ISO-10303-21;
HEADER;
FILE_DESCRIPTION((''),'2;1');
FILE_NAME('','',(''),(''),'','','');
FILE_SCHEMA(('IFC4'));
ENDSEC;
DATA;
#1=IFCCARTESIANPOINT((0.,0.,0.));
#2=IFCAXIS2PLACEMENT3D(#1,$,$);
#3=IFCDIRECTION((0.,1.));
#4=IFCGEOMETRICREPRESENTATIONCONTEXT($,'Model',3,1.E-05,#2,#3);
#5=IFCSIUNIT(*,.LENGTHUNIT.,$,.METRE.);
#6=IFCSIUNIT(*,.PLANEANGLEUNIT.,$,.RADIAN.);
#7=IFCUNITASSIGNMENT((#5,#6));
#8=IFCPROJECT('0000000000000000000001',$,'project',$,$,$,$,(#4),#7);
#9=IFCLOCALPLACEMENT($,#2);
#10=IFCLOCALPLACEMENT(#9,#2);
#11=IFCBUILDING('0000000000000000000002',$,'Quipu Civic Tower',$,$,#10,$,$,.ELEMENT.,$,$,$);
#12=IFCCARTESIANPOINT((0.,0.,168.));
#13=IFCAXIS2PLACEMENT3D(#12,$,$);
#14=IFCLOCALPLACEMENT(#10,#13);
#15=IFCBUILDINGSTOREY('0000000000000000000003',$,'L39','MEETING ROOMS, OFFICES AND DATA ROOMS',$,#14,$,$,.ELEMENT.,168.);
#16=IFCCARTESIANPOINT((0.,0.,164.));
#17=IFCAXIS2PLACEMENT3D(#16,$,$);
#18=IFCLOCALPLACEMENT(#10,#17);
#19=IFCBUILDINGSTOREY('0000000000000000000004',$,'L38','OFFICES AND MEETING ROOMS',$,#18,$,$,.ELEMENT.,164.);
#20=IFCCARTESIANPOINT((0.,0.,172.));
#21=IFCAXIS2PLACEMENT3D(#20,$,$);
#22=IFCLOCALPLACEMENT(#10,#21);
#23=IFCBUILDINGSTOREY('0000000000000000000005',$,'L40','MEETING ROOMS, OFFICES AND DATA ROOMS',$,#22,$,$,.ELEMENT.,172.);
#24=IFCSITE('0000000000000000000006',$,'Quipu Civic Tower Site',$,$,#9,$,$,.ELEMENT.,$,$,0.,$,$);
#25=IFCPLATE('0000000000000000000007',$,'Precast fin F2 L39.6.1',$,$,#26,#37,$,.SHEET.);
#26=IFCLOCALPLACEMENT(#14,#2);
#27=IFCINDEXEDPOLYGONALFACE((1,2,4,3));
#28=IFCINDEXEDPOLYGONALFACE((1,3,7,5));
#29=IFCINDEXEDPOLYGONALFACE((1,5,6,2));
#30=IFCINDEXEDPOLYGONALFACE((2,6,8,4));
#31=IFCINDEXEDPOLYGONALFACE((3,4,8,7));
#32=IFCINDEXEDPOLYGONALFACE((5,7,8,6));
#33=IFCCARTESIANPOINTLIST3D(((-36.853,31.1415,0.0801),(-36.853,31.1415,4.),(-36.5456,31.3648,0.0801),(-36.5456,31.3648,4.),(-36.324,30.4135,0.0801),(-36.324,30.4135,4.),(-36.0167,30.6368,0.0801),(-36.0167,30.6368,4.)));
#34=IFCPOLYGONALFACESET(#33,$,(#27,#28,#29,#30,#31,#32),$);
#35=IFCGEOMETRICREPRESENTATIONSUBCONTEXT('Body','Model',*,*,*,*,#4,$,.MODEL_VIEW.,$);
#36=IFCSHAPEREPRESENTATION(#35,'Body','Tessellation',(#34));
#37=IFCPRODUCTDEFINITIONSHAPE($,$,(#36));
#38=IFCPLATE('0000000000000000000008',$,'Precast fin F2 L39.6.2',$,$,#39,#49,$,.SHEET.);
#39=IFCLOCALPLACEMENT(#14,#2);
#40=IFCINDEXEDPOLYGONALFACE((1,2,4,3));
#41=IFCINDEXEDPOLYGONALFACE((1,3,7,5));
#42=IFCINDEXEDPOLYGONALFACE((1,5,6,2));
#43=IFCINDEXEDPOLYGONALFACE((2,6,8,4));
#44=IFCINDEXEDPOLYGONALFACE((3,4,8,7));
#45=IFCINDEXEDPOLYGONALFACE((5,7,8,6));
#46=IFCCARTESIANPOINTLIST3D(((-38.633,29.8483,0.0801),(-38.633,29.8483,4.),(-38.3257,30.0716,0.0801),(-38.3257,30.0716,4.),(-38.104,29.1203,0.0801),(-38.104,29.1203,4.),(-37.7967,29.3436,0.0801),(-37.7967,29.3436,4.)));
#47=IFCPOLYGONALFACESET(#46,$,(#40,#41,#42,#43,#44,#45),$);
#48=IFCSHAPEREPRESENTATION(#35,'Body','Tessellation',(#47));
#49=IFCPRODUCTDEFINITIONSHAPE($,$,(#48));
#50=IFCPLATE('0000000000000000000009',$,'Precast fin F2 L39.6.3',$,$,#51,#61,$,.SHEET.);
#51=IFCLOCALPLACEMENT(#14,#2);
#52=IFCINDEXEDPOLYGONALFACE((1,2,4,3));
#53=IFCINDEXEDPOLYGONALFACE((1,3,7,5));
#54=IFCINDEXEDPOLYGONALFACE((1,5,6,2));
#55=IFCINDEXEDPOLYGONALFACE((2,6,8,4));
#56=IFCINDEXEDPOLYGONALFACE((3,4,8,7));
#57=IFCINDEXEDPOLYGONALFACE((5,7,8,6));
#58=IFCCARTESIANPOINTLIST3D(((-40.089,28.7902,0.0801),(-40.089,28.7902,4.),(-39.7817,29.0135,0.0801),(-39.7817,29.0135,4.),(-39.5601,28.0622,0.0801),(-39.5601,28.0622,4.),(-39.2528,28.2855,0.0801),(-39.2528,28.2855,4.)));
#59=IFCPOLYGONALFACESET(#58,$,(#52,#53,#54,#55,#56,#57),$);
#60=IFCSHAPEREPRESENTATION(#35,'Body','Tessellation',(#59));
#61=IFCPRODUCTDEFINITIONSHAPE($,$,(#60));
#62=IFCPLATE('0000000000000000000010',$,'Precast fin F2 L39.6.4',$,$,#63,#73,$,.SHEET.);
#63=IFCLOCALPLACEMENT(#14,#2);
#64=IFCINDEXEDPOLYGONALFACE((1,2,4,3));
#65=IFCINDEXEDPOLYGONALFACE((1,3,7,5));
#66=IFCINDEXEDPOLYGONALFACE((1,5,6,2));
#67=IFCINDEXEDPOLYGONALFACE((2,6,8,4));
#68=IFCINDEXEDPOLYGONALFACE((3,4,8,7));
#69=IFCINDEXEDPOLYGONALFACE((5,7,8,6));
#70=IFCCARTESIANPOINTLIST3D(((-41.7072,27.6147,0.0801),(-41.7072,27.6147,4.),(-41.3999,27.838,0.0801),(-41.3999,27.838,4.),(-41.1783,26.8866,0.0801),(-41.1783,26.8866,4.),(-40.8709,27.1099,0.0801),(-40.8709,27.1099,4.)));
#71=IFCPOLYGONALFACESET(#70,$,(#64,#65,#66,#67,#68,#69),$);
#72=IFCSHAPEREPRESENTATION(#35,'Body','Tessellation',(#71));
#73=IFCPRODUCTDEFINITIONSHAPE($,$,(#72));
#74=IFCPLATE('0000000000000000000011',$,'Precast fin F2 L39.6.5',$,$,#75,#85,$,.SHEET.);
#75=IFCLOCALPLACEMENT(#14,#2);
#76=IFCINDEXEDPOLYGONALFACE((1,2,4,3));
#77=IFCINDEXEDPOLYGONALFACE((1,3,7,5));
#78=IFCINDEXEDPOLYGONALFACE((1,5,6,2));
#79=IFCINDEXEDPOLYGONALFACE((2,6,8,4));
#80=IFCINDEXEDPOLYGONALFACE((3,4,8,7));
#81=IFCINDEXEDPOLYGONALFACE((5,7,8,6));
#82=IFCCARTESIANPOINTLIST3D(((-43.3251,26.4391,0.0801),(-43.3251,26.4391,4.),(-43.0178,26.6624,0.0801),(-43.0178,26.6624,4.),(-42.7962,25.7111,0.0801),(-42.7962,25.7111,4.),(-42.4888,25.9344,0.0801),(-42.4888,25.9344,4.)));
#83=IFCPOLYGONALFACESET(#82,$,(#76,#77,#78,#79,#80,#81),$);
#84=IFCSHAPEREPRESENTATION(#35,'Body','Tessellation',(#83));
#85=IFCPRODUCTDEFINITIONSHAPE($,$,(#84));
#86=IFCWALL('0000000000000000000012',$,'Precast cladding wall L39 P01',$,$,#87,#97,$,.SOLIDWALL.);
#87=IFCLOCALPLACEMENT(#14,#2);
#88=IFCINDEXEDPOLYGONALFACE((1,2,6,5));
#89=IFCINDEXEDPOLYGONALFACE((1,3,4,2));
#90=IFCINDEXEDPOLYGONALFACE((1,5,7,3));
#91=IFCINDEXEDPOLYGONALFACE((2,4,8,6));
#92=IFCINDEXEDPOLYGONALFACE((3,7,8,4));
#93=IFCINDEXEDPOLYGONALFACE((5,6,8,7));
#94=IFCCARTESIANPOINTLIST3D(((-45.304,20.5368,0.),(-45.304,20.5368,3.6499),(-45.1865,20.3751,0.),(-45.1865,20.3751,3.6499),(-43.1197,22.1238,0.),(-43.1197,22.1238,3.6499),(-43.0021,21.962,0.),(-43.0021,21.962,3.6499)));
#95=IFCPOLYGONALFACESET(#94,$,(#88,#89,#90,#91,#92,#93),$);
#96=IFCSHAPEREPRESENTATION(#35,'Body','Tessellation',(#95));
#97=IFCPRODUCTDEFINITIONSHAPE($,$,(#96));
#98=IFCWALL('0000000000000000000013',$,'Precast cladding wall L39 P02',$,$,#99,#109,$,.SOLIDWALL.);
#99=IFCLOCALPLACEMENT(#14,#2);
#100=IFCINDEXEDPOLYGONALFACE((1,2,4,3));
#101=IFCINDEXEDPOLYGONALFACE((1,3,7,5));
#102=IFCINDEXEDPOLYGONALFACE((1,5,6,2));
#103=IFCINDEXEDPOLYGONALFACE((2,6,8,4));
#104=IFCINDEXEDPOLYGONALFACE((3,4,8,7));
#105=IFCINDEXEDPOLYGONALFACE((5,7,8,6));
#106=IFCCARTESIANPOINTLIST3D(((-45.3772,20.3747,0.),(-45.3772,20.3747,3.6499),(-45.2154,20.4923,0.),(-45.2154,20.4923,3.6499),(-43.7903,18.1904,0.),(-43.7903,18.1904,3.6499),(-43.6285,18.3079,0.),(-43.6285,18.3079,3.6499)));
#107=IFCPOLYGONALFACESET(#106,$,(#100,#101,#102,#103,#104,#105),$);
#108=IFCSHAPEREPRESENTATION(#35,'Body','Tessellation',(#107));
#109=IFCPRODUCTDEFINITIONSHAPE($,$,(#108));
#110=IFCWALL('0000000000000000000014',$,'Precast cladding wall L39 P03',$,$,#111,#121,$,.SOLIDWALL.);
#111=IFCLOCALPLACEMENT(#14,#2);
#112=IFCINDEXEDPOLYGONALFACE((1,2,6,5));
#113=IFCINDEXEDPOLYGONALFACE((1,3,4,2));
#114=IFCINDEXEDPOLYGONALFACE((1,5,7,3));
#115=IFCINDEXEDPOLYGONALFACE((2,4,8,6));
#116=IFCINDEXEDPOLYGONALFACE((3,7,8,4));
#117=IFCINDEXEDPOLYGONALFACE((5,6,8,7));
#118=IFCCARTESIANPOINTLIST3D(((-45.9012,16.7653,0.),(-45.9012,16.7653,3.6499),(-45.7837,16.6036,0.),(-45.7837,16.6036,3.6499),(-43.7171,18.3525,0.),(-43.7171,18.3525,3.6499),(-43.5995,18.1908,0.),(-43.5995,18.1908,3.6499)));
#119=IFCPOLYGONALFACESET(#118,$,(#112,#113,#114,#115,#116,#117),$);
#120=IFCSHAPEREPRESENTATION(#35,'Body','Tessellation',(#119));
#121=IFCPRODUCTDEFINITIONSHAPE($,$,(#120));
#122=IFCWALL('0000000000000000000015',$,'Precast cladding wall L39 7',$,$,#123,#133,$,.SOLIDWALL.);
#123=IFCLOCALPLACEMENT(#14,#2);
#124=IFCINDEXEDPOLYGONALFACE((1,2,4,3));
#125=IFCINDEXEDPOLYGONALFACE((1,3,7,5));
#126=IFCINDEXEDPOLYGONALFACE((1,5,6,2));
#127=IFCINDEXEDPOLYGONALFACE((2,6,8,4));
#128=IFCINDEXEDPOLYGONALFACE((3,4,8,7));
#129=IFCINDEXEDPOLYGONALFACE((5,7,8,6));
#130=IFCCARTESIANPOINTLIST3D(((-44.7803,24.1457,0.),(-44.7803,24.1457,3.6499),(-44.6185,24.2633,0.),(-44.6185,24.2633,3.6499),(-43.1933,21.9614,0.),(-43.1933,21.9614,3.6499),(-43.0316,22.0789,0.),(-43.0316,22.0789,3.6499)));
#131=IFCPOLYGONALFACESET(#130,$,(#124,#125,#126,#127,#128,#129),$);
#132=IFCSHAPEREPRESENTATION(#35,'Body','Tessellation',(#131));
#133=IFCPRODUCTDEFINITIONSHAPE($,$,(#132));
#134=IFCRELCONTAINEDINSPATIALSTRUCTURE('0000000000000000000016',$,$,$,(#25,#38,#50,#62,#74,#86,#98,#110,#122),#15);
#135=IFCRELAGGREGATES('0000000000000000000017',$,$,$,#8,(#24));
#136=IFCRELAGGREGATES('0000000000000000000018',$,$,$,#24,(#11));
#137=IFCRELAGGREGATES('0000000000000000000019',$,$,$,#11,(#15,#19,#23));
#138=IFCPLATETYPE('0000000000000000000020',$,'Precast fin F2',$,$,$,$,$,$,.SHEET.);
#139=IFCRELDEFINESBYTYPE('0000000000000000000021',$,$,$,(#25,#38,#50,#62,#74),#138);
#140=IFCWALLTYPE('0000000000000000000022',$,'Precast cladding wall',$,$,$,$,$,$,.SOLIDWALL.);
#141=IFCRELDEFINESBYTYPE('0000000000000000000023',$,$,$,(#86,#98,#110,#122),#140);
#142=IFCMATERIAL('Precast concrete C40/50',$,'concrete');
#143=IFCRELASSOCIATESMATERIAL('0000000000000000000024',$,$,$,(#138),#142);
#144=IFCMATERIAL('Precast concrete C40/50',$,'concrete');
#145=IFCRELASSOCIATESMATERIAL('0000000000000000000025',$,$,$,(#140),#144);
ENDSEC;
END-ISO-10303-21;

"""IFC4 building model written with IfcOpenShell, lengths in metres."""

from ifc_helpers import new_model, si_unit, direction, frame, frame_2d, origin, origin_2d, place, context, subcontext, project, spatial, rectangle, extrude, material, type_object, element, save


model = new_model("IFC4")

# Units and contexts
model_context = context("Model", 3, precision=1e-05, world=origin(), true_north=direction((0.0, 1.0)))
body_context = subcontext(model_context, "Body", "Model", "MODEL_VIEW")
ifc_project = project(units=[si_unit("LENGTHUNIT", "METRE"), si_unit("PLANEANGLEUNIT", "RADIAN")], contexts=[model_context])

# Site, building, storey
site_placement = place(None, origin())
site = spatial("IfcSite", under=ifc_project, at=site_placement, Name="Quipu Civic Tower Site", CompositionType="ELEMENT", RefElevation=0.0)
building_placement = place(site_placement, origin())
building = spatial("IfcBuilding", under=site, at=building_placement, Name="Quipu Civic Tower", CompositionType="ELEMENT")
storey_1_placement = place(building_placement, frame((0.0, 0.0, 168.0)))
storey_1 = spatial("IfcBuildingStorey", under=building, at=storey_1_placement, Name="L39", Description="MEETING ROOMS, OFFICES AND DATA ROOMS", CompositionType="ELEMENT", Elevation=168.0)

# Shared definitions
storey_2_placement = place(building_placement, frame((0.0, 0.0, 164.0)))
storey_2 = spatial("IfcBuildingStorey", under=building, at=storey_2_placement, Name="L38", Description="OFFICES AND MEETING ROOMS", CompositionType="ELEMENT", Elevation=164.0)

# Shared definitions
storey_3_placement = place(building_placement, frame((0.0, 0.0, 172.0)))
storey_3 = spatial("IfcBuildingStorey", under=building, at=storey_3_placement, Name="L40", Description="MEETING ROOMS, OFFICES AND DATA ROOMS", CompositionType="ELEMENT", Elevation=172.0)

# Plates
ifc_material_1 = material(Name="Precast concrete C40/50", Category="concrete")
plate_type_1 = type_object("IfcPlateType", Name="Precast fin F2", PredefinedType="SHEET", material=ifc_material_1)
for number, where, z_axis, x_axis, name in (
    (1, (-36.4348, 30.8892, 0.0801), (0.0, 0.0, 1.0), (-0.809017, -0.587785, 0.0), "Precast fin F2 L39.6.1"),
    (2, (-38.2148, 29.5959, 0.0801), (0.0, 0.0, 1.0), (-0.809017, -0.587785, 0.0), "Precast fin F2 L39.6.2"),
    (3, (-39.6709, 28.5378, 0.0801), (0.0, 0.0, 1.0), (-0.809017, -0.587785, 0.0), "Precast fin F2 L39.6.3"),
    (4, (-41.2891, 27.3623, 0.0801), (0.0, 0.0, 1.0), (-0.809017, -0.587785, 0.0), "Precast fin F2 L39.6.4"),
    (5, (-42.907, 26.1868, 0.0801), (0.0, 0.0, 1.0), (-0.809017, -0.587785, 0.0), "Precast fin F2 L39.6.5"),
):
    element("IfcPlate", number, at=place(storey_1_placement, frame(where, z_axis=z_axis, x_axis=x_axis)), inside=storey_1, type_object=plate_type_1, Name=name, PredefinedType="SHEET", context=body_context, shape_type="SweptSolid", body=[
        extrude(rectangle(XDim=0.3799, YDim=0.8999, at=origin_2d()), origin(), (0.0, 0.0, 1.0), 3.9199),
    ])

# Walls
ifc_material_2 = material(Name="Precast concrete C40/50", Category="concrete")
wall_type = type_object("IfcWallType", Name="Precast cladding wall", PredefinedType="SOLIDWALL", material=ifc_material_2)
for number, where, z_axis, x_axis, name in (
    (6, (-43.0608, 22.043, 0.0), (0.0, 0.0, 1.0), (-0.809033, -0.587763, 0.0), "Precast cladding wall L39 P01"),
    (7, (-45.2964, 20.4336, 0.0), (0.0, 0.0, 1.0), (0.587763, -0.809033, 0.0), "Precast cladding wall L39 P02"),
    (8, (-43.6582, 18.2717, 0.0), (0.0, 0.0, 1.0), (-0.808959, -0.587865, 0.0), "Precast cladding wall L39 P03"),
    (9, (-44.6995, 24.2046, 0.0), (0.0, 0.0, 1.0), (0.587763, -0.809033, 0.0), "Precast cladding wall L39 7"),
):
    element("IfcWall", number, at=place(storey_1_placement, frame(where, z_axis=z_axis, x_axis=x_axis)), inside=storey_1, type_object=wall_type, Name=name, PredefinedType="SOLIDWALL", context=body_context, shape_type="SweptSolid", body=[
        extrude(rectangle(XDim=2.7, YDim=0.2, at=frame_2d((1.3501, 0.0))), origin(), (0.0, 0.0, 1.0), 3.6499),
    ])

save(model, "model.ifc")
